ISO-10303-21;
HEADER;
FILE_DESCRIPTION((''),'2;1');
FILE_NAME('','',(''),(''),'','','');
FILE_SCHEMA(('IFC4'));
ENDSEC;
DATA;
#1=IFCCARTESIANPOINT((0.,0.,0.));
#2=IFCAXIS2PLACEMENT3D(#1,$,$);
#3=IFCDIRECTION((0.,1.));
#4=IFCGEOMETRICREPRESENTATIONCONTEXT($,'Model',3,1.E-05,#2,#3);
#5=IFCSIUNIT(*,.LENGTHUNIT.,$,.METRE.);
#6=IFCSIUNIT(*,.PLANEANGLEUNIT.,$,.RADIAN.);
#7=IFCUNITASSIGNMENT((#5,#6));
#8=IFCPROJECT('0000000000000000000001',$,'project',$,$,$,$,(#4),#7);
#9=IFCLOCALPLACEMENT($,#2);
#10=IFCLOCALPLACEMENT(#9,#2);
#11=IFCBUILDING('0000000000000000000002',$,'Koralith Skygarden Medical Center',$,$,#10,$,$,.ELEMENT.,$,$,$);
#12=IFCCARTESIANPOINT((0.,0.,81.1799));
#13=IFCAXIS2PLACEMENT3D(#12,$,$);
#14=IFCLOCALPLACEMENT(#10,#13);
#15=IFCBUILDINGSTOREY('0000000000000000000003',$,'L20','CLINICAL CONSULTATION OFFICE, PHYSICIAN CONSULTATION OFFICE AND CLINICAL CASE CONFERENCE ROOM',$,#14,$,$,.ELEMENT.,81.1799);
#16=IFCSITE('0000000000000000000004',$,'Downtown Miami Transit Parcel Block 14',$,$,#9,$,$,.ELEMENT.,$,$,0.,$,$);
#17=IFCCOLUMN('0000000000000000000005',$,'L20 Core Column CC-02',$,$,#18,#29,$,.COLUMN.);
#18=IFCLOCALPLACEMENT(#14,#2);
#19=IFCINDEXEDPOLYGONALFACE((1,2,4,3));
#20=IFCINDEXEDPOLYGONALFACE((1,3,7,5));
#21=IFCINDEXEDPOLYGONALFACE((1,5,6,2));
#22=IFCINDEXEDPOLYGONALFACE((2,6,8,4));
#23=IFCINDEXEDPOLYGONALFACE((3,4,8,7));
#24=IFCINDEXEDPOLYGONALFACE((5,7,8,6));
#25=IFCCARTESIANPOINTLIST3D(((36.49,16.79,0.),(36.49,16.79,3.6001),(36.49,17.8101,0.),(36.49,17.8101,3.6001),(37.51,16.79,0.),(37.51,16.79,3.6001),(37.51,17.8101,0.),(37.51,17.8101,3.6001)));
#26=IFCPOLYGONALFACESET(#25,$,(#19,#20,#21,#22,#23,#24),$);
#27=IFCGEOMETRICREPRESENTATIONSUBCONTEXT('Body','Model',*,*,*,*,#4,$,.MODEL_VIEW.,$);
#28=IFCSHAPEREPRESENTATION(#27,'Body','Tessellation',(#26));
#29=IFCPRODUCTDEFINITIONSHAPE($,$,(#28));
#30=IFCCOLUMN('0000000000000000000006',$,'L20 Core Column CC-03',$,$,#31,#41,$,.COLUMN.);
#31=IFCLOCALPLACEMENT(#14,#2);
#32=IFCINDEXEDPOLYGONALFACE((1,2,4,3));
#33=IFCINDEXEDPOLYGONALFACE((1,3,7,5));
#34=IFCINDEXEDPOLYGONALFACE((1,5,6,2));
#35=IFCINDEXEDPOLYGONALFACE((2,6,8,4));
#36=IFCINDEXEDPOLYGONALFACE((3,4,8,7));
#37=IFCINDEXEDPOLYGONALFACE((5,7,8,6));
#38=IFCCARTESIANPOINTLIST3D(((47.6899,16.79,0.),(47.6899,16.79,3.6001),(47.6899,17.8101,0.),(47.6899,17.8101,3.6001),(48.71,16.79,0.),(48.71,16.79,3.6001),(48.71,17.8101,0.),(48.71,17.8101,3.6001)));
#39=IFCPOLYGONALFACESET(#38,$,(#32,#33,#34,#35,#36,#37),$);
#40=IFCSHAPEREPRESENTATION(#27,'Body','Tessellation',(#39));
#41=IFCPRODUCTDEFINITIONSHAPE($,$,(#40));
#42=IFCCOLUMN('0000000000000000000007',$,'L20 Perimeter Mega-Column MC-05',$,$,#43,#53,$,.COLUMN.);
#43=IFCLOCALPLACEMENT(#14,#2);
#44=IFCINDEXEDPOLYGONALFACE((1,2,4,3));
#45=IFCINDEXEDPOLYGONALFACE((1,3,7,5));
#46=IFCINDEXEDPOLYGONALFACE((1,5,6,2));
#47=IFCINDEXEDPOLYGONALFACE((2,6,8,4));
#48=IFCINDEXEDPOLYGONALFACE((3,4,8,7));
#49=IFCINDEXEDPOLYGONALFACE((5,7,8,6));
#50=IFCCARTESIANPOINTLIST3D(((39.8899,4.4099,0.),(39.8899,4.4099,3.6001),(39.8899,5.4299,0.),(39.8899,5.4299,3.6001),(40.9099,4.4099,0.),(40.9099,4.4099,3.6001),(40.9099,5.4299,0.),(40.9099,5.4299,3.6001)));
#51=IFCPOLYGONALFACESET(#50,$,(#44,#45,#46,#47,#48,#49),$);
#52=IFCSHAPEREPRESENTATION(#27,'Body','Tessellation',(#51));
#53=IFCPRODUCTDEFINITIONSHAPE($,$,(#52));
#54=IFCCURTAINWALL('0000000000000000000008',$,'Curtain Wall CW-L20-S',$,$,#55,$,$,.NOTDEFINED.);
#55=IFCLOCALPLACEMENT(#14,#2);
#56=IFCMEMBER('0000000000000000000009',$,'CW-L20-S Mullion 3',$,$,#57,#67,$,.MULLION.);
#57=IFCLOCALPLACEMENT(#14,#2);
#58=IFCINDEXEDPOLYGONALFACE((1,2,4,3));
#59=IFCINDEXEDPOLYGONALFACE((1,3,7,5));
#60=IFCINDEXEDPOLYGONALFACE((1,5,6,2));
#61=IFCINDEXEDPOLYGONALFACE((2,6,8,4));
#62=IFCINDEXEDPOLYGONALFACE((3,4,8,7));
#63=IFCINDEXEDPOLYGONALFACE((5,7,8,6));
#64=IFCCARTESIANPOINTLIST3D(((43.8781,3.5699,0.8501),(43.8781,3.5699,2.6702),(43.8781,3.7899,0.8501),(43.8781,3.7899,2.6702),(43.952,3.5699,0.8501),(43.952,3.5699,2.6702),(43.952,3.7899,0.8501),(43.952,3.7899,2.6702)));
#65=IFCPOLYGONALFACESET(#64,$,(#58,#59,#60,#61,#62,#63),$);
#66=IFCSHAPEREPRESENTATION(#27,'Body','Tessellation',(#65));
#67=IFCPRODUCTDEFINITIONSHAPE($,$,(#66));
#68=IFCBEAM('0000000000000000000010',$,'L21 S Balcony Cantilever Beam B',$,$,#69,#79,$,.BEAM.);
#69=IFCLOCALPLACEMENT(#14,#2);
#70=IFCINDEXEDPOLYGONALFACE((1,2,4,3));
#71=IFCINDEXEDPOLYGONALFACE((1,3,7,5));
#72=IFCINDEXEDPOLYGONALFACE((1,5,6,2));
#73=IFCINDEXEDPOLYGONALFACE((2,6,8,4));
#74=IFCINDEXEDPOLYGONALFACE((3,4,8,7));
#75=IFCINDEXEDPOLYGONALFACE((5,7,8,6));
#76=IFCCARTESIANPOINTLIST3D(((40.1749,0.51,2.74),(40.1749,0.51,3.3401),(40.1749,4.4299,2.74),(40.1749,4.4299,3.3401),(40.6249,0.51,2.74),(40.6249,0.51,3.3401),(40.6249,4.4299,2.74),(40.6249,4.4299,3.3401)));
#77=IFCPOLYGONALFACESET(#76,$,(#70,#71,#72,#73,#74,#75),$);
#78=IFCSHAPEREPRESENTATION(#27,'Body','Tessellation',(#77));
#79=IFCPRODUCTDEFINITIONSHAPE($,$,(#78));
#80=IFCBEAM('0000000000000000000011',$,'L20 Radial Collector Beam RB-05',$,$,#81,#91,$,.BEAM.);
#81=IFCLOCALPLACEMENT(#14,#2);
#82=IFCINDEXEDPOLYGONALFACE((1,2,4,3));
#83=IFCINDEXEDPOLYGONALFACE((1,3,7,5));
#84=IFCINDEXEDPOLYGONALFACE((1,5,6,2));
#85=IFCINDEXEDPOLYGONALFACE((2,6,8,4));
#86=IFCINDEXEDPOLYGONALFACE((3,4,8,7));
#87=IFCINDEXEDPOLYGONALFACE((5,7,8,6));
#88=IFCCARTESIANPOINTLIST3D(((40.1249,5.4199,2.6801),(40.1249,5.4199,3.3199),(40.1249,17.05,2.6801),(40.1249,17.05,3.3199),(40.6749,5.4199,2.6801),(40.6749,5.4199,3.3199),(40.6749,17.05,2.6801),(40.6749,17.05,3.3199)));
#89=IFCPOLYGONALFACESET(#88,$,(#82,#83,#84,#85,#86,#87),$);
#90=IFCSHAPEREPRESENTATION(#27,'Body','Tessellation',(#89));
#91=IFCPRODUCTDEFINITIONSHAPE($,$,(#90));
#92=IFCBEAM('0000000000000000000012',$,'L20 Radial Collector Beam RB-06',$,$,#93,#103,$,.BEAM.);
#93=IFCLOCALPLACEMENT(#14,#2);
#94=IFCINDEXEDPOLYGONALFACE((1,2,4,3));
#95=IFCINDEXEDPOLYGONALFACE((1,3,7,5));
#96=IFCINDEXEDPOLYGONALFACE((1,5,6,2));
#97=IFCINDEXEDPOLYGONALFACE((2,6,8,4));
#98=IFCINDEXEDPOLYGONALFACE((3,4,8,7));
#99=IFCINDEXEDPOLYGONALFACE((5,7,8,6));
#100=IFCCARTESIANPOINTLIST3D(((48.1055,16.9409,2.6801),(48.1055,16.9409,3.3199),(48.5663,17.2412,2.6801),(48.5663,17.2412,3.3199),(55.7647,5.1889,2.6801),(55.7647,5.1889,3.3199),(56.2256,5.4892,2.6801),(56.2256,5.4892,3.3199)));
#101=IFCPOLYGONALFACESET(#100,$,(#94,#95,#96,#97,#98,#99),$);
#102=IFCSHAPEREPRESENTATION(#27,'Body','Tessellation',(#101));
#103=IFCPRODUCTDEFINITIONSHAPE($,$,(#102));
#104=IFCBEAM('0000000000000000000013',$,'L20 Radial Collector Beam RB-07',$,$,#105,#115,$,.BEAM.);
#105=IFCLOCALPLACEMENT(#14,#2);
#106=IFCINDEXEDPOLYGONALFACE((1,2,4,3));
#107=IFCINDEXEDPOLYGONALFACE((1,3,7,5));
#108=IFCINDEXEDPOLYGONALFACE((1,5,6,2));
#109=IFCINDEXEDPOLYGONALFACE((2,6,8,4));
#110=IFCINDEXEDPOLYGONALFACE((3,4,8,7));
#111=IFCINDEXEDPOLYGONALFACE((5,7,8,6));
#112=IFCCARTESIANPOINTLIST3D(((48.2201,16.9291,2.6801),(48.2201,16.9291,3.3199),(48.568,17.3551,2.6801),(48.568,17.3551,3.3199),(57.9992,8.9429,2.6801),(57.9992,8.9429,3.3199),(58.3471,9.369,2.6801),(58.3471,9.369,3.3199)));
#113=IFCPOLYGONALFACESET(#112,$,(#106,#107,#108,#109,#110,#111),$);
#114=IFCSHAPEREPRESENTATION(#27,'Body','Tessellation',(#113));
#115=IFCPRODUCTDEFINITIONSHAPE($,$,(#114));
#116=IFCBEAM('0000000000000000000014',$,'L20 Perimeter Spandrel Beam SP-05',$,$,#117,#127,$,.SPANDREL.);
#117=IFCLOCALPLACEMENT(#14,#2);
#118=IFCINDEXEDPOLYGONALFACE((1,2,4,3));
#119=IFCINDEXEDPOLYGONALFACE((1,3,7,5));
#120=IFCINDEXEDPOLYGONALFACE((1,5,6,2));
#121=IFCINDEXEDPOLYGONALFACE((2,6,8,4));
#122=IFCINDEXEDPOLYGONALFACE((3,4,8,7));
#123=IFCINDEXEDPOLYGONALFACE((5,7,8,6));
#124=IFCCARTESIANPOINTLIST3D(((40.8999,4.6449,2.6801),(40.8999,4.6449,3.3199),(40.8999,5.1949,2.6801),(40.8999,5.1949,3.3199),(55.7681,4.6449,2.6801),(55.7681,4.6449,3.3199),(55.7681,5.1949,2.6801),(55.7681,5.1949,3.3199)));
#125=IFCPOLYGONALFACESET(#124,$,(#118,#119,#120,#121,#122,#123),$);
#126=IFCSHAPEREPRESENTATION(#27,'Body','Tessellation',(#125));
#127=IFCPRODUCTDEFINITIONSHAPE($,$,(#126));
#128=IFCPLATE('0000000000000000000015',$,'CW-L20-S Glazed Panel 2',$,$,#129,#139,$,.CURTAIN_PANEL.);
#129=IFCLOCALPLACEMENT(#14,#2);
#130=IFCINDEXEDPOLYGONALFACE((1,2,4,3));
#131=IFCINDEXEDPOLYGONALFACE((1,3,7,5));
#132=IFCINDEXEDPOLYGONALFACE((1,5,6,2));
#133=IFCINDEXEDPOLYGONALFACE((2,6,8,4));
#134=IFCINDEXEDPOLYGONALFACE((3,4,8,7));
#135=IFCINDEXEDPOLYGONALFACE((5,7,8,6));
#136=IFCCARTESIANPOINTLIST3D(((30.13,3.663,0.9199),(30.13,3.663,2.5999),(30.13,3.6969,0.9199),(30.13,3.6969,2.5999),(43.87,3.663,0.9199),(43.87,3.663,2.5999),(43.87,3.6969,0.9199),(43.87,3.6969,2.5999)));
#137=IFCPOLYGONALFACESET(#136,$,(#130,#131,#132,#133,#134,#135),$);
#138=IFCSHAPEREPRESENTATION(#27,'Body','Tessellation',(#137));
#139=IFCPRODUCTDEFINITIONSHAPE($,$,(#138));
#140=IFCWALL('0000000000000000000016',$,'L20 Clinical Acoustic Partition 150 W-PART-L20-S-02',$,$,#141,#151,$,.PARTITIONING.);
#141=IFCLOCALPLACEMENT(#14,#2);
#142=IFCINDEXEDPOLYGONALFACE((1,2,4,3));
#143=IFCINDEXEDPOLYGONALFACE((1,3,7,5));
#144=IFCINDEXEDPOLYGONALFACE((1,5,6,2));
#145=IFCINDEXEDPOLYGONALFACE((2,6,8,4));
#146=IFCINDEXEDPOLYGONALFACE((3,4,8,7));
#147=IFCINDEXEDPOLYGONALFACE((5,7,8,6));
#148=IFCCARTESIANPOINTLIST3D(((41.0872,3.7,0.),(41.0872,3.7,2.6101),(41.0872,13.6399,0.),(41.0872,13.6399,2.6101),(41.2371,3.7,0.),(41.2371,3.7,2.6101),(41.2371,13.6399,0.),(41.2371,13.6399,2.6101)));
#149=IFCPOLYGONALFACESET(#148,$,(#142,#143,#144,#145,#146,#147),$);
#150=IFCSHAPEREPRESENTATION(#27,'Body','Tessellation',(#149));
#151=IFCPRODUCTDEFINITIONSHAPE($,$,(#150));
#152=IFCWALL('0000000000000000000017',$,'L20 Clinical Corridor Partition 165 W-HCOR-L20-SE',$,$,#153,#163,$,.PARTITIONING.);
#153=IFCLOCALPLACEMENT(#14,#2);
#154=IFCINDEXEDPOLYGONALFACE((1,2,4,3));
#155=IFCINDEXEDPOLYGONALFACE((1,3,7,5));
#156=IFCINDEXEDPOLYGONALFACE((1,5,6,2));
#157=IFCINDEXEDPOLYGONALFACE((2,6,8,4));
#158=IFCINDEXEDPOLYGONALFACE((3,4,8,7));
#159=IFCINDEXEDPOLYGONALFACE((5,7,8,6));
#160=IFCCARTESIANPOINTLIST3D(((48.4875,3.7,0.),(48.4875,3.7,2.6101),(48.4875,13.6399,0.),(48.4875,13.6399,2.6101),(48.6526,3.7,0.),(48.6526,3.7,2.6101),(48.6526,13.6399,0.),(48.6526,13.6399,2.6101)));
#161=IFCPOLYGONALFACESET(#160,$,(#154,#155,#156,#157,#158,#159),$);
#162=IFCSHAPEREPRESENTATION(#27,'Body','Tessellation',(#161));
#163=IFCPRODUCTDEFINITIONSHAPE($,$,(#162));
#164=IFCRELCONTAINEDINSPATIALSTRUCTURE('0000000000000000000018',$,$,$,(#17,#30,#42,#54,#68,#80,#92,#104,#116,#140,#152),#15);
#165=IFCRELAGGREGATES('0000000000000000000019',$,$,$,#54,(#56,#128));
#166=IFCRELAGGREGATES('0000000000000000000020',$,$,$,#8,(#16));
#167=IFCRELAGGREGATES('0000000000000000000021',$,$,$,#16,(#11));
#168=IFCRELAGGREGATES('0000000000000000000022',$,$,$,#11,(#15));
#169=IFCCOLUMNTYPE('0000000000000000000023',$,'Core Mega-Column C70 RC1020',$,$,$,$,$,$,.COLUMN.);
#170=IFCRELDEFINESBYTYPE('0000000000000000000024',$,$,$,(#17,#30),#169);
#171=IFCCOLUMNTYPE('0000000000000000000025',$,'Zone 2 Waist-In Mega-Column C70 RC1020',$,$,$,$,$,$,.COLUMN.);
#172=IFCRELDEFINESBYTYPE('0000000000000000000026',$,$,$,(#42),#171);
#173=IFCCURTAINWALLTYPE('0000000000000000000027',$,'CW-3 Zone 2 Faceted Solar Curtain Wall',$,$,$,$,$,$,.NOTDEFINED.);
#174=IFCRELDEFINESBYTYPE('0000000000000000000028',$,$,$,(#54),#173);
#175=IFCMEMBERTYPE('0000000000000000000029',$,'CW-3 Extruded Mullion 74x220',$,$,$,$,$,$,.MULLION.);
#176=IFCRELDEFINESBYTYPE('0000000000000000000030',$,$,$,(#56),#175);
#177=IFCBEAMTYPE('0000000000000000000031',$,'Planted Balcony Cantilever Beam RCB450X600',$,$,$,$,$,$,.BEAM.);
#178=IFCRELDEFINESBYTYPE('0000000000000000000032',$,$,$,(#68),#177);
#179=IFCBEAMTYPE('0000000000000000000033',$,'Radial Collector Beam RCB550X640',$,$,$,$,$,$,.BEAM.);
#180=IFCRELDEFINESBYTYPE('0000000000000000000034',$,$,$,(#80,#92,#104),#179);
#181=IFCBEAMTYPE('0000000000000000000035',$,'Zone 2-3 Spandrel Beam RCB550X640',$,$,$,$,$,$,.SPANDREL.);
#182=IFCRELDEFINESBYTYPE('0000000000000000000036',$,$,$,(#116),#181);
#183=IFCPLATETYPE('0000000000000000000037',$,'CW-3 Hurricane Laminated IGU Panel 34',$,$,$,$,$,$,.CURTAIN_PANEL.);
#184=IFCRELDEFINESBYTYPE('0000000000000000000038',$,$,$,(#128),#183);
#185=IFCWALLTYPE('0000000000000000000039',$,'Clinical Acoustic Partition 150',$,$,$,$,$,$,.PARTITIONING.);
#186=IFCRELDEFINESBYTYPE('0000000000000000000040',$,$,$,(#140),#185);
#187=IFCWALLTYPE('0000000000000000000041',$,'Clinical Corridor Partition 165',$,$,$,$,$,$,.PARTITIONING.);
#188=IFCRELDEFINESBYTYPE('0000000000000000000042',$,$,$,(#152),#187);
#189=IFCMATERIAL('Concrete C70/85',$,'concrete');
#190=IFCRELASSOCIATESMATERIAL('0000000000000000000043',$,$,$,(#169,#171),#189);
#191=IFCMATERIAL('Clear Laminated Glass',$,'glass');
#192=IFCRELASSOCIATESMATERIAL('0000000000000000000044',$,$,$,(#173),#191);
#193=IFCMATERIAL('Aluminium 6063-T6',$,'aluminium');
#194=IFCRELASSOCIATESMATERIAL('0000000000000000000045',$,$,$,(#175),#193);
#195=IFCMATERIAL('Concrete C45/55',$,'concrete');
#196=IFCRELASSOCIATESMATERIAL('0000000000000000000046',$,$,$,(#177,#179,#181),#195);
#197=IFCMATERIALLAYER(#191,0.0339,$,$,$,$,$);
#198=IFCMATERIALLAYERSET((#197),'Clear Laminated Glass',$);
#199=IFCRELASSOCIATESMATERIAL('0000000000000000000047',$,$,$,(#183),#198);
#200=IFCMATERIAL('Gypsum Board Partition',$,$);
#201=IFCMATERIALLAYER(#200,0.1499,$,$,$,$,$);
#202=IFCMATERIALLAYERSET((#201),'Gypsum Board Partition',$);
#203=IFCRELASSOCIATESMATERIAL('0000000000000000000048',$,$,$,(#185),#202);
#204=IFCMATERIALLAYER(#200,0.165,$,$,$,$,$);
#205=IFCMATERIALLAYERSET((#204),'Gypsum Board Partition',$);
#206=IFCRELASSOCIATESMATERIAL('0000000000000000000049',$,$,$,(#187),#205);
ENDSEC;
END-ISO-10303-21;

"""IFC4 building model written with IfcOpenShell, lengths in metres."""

from ifc_helpers import new_model, si_unit, direction, frame, frame_2d, origin, origin_2d, place, context, subcontext, project, spatial, rectangle, extrude, material, layer, layer_set, material_profile, profile_set, type_object, element, aggregate, save


model = new_model("IFC4")

# Units and contexts
model_context = context("Model", 3, precision=1e-05, world=origin(), true_north=direction((0.0, 1.0)))
body_context = subcontext(model_context, "Body", "Model", "MODEL_VIEW")
ifc_project = project(units=[si_unit("LENGTHUNIT", "METRE"), si_unit("PLANEANGLEUNIT", "RADIAN")], contexts=[model_context])

# Site, building, storey
site_placement = place(None, origin())
site = spatial("IfcSite", under=ifc_project, at=site_placement, Name="Downtown Miami Transit Parcel Block 14", CompositionType="ELEMENT", RefElevation=0.0)
building_placement = place(site_placement, origin())
building = spatial("IfcBuilding", under=site, at=building_placement, Name="Koralith Skygarden Medical Center", CompositionType="ELEMENT")
storey_placement = place(building_placement, frame((0.0, 0.0, 81.1799)))
storey = spatial("IfcBuildingStorey", under=building, at=storey_placement, Name="L20", Description="CLINICAL CONSULTATION OFFICE, PHYSICIAN CONSULTATION OFFICE AND CLINICAL CASE CONFERENCE ROOM", CompositionType="ELEMENT", Elevation=81.1799)

# Columns
ifc_material_1 = material(Name="Concrete C70/85", Category="concrete")
ifc_material_profile_1 = material_profile(ifc_material_1, rectangle(XDim=1.02, YDim=1.02, at=origin_2d()), Name="RC1020X1020")
ifc_profile_set_1 = profile_set([ifc_material_profile_1], Name="Concrete C70/85")
column_type_1 = type_object("IfcColumnType", Name="Core Mega-Column C70 RC1020", PredefinedType="COLUMN", material=ifc_profile_set_1)
for number, where, z_axis, x_axis, name in (
    (1, (37.0, 17.3, 0.0), (0.0, 0.0, 1.0), (1.0, 0.0, 0.0), "L20 Core Column CC-02"),
    (2, (48.2, 17.3, 0.0), (0.0, 0.0, 1.0), (1.0, 0.0, 0.0), "L20 Core Column CC-03"),
):
    element("IfcColumn", number, at=place(storey_placement, frame(where, z_axis=z_axis, x_axis=x_axis)), inside=storey, type_object=column_type_1, Name=name, PredefinedType="COLUMN", context=body_context, shape_type="SweptSolid", body=[
        extrude(rectangle(XDim=1.02, YDim=1.02, at=origin_2d()), origin(), (0.0, 0.0, 1.0), 3.6001),
    ])
ifc_material_profile_2 = material_profile(ifc_material_1, rectangle(XDim=1.02, YDim=1.02, at=origin_2d()), Name="RC1020X1020")
ifc_profile_set_2 = profile_set([ifc_material_profile_2], Name="Concrete C70/85")
column_type_2 = type_object("IfcColumnType", Name="Zone 2 Waist-In Mega-Column C70 RC1020", PredefinedType="COLUMN", material=ifc_profile_set_2)
column_placement = place(storey_placement, frame((40.3999, 4.9199, 0.0), z_axis=(0.0, 0.0, 1.0), x_axis=(1.0, 0.0, 0.0)))
element("IfcColumn", 3, at=column_placement, inside=storey, type_object=column_type_2, Name="L20 Perimeter Mega-Column MC-05", PredefinedType="COLUMN", context=body_context, shape_type="SweptSolid", body=[
    extrude(rectangle(XDim=1.02, YDim=1.02, at=origin_2d()), origin(), (0.0, 0.0, 1.0), 3.6001),
])

# Curtain wall, member
ifc_material_2 = material(Name="Clear Laminated Glass", Category="glass")
curtain_wall_type = type_object("IfcCurtainWallType", Name="CW-3 Zone 2 Faceted Solar Curtain Wall", PredefinedType="NOTDEFINED", material=ifc_material_2)
curtain_wall_placement = place(storey_placement, origin())
curtain_wall = element("IfcCurtainWall", 4, at=curtain_wall_placement, inside=storey, type_object=curtain_wall_type, Name="Curtain Wall CW-L20-S", PredefinedType="NOTDEFINED")
ifc_material_3 = material(Name="Aluminium 6063-T6", Category="aluminium")
ifc_material_profile_3 = material_profile(ifc_material_3, rectangle(XDim=0.074, YDim=0.22, at=origin_2d()), Name="MUL74X220")
ifc_profile_set_3 = profile_set([ifc_material_profile_3], Name="Aluminium 6063-T6")
member_type = type_object("IfcMemberType", Name="CW-3 Extruded Mullion 74x220", PredefinedType="MULLION", material=ifc_profile_set_3)
member_placement = place(storey_placement, frame((43.915, 3.6799, 0.8501), z_axis=(0.0, 0.0, 1.0), x_axis=(1.0, 0.0, 0.0)))
member = element("IfcMember", 5, at=member_placement, type_object=member_type, Name="CW-L20-S Mullion 3", PredefinedType="MULLION", context=body_context, shape_type="SweptSolid", body=[
    extrude(rectangle(XDim=0.074, YDim=0.22, at=origin_2d()), origin(), (0.0, 0.0, 1.0), 1.8201),
])

# Beams
ifc_material_4 = material(Name="Concrete C45/55", Category="concrete")
ifc_material_profile_4 = material_profile(ifc_material_4, rectangle(XDim=0.45, YDim=0.6001, at=origin_2d()), Name="RCB450X600")
ifc_profile_set_4 = profile_set([ifc_material_profile_4], Name="Concrete C45/55")
beam_type_1 = type_object("IfcBeamType", Name="Planted Balcony Cantilever Beam RCB450X600", PredefinedType="BEAM", material=ifc_profile_set_4)
beam_1_placement = place(storey_placement, frame((40.3999, 4.4299, 3.04), z_axis=(0.0, -1.0, 0.0), x_axis=(1.0, 0.0, 0.0)))
element("IfcBeam", 6, at=beam_1_placement, inside=storey, type_object=beam_type_1, Name="L21 S Balcony Cantilever Beam B", PredefinedType="BEAM", context=body_context, shape_type="SweptSolid", body=[
    extrude(rectangle(XDim=0.45, YDim=0.6001, at=origin_2d()), origin(), (0.0, 0.0, 1.0), 3.9199),
])
ifc_material_profile_5 = material_profile(ifc_material_4, rectangle(XDim=0.55, YDim=0.6399, at=origin_2d()), Name="RCB550X640")
ifc_profile_set_5 = profile_set([ifc_material_profile_5], Name="Concrete C45/55")
beam_type_2 = type_object("IfcBeamType", Name="Radial Collector Beam RCB550X640", PredefinedType="BEAM", material=ifc_profile_set_5)
beam_2_placement = place(storey_placement, frame((40.3999, 17.05, 3.0), z_axis=(0.0, -1.0, 0.0), x_axis=(1.0, 0.0, 0.0)))
element("IfcBeam", 7, at=beam_2_placement, inside=storey, type_object=beam_type_2, Name="L20 Radial Collector Beam RB-05", PredefinedType="BEAM", context=body_context, shape_type="SweptSolid", body=[
    extrude(rectangle(XDim=0.55, YDim=0.6399, at=origin_2d()), origin(), (0.0, 0.0, 1.0), 11.6301),
])
beam_3_placement = place(storey_placement, frame((48.3359, 17.0911, 3.0), z_axis=(0.546011, -0.837778, 0.0), x_axis=(0.837778, 0.546011, 0.0)))
element("IfcBeam", 8, at=beam_3_placement, inside=storey, type_object=beam_type_2, Name="L20 Radial Collector Beam RB-06", PredefinedType="BEAM", context=body_context, shape_type="SweptSolid", body=[
    extrude(rectangle(XDim=0.55, YDim=0.6399, at=origin_2d()), origin(), (0.0, 0.0, 1.0), 14.0276),
])
beam_4_placement = place(storey_placement, frame((48.394, 17.1421, 3.0), z_axis=(0.774538, -0.632528, 0.0), x_axis=(0.632528, 0.774538, 0.0)))
element("IfcBeam", 9, at=beam_4_placement, inside=storey, type_object=beam_type_2, Name="L20 Radial Collector Beam RB-07", PredefinedType="BEAM", context=body_context, shape_type="SweptSolid", body=[
    extrude(rectangle(XDim=0.55, YDim=0.6399, at=origin_2d()), origin(), (0.0, 0.0, 1.0), 12.6257),
])
ifc_material_profile_6 = material_profile(ifc_material_4, rectangle(XDim=0.55, YDim=0.6399, at=origin_2d()), Name="RCB550X640")
ifc_profile_set_6 = profile_set([ifc_material_profile_6], Name="Concrete C45/55")
beam_type_3 = type_object("IfcBeamType", Name="Zone 2-3 Spandrel Beam RCB550X640", PredefinedType="SPANDREL", material=ifc_profile_set_6)
beam_5_placement = place(storey_placement, frame((40.8999, 4.9199, 3.0), z_axis=(1.0, 0.0, 0.0), x_axis=(0.0, 1.0, 0.0)))
element("IfcBeam", 10, at=beam_5_placement, inside=storey, type_object=beam_type_3, Name="L20 Perimeter Spandrel Beam SP-05", PredefinedType="SPANDREL", context=body_context, shape_type="SweptSolid", body=[
    extrude(rectangle(XDim=0.55, YDim=0.6399, at=origin_2d()), origin(), (0.0, 0.0, 1.0), 14.8682),
])

# Plate
ifc_layer_1 = layer(ifc_material_2, 0.0339)
ifc_layer_set_1 = layer_set([ifc_layer_1], Name="Clear Laminated Glass")
plate_type = type_object("IfcPlateType", Name="CW-3 Hurricane Laminated IGU Panel 34", PredefinedType="CURTAIN_PANEL", material=ifc_layer_set_1)
plate_placement = place(storey_placement, frame((37.0, 3.6799, 0.9199), z_axis=(0.0, 0.0, 1.0), x_axis=(1.0, 0.0, 0.0)))
plate = element("IfcPlate", 11, at=plate_placement, type_object=plate_type, Name="CW-L20-S Glazed Panel 2", PredefinedType="CURTAIN_PANEL", context=body_context, shape_type="SweptSolid", body=[
    extrude(rectangle(XDim=13.74, YDim=0.0339, at=origin_2d()), origin(), (0.0, 0.0, 1.0), 1.6799),
])
aggregate(curtain_wall, [member, plate])

# Walls
ifc_material_5 = material(Name="Gypsum Board Partition")
ifc_layer_2 = layer(ifc_material_5, 0.1499)
ifc_layer_set_2 = layer_set([ifc_layer_2], Name="Gypsum Board Partition")
wall_type_1 = type_object("IfcWallType", Name="Clinical Acoustic Partition 150", PredefinedType="PARTITIONING", material=ifc_layer_set_2)
wall_1_placement = place(storey_placement, frame((41.1621, 13.6399, 0.0), z_axis=(0.0, 0.0, 1.0), x_axis=(0.0, -1.0, 0.0)))
element("IfcWall", 12, at=wall_1_placement, inside=storey, type_object=wall_type_1, Name="L20 Clinical Acoustic Partition 150 W-PART-L20-S-02", PredefinedType="PARTITIONING", context=body_context, shape_type="SweptSolid", body=[
    extrude(rectangle(XDim=9.9399, YDim=0.1499, at=frame_2d((4.97, 0.0))), origin(), (0.0, 0.0, 1.0), 2.6101),
])
ifc_layer_3 = layer(ifc_material_5, 0.165)
ifc_layer_set_3 = layer_set([ifc_layer_3], Name="Gypsum Board Partition")
wall_type_2 = type_object("IfcWallType", Name="Clinical Corridor Partition 165", PredefinedType="PARTITIONING", material=ifc_layer_set_3)
wall_2_placement = place(storey_placement, frame((48.5701, 3.7, 0.0), z_axis=(0.0, 0.0, 1.0), x_axis=(0.0, 1.0, 0.0)))
element("IfcWall", 13, at=wall_2_placement, inside=storey, type_object=wall_type_2, Name="L20 Clinical Corridor Partition 165 W-HCOR-L20-SE", PredefinedType="PARTITIONING", context=body_context, shape_type="SweptSolid", body=[
    extrude(rectangle(XDim=9.9399, YDim=0.165, at=frame_2d((4.97, 0.0))), origin(), (0.0, 0.0, 1.0), 2.6101),
])

save(model, "model.ifc")
